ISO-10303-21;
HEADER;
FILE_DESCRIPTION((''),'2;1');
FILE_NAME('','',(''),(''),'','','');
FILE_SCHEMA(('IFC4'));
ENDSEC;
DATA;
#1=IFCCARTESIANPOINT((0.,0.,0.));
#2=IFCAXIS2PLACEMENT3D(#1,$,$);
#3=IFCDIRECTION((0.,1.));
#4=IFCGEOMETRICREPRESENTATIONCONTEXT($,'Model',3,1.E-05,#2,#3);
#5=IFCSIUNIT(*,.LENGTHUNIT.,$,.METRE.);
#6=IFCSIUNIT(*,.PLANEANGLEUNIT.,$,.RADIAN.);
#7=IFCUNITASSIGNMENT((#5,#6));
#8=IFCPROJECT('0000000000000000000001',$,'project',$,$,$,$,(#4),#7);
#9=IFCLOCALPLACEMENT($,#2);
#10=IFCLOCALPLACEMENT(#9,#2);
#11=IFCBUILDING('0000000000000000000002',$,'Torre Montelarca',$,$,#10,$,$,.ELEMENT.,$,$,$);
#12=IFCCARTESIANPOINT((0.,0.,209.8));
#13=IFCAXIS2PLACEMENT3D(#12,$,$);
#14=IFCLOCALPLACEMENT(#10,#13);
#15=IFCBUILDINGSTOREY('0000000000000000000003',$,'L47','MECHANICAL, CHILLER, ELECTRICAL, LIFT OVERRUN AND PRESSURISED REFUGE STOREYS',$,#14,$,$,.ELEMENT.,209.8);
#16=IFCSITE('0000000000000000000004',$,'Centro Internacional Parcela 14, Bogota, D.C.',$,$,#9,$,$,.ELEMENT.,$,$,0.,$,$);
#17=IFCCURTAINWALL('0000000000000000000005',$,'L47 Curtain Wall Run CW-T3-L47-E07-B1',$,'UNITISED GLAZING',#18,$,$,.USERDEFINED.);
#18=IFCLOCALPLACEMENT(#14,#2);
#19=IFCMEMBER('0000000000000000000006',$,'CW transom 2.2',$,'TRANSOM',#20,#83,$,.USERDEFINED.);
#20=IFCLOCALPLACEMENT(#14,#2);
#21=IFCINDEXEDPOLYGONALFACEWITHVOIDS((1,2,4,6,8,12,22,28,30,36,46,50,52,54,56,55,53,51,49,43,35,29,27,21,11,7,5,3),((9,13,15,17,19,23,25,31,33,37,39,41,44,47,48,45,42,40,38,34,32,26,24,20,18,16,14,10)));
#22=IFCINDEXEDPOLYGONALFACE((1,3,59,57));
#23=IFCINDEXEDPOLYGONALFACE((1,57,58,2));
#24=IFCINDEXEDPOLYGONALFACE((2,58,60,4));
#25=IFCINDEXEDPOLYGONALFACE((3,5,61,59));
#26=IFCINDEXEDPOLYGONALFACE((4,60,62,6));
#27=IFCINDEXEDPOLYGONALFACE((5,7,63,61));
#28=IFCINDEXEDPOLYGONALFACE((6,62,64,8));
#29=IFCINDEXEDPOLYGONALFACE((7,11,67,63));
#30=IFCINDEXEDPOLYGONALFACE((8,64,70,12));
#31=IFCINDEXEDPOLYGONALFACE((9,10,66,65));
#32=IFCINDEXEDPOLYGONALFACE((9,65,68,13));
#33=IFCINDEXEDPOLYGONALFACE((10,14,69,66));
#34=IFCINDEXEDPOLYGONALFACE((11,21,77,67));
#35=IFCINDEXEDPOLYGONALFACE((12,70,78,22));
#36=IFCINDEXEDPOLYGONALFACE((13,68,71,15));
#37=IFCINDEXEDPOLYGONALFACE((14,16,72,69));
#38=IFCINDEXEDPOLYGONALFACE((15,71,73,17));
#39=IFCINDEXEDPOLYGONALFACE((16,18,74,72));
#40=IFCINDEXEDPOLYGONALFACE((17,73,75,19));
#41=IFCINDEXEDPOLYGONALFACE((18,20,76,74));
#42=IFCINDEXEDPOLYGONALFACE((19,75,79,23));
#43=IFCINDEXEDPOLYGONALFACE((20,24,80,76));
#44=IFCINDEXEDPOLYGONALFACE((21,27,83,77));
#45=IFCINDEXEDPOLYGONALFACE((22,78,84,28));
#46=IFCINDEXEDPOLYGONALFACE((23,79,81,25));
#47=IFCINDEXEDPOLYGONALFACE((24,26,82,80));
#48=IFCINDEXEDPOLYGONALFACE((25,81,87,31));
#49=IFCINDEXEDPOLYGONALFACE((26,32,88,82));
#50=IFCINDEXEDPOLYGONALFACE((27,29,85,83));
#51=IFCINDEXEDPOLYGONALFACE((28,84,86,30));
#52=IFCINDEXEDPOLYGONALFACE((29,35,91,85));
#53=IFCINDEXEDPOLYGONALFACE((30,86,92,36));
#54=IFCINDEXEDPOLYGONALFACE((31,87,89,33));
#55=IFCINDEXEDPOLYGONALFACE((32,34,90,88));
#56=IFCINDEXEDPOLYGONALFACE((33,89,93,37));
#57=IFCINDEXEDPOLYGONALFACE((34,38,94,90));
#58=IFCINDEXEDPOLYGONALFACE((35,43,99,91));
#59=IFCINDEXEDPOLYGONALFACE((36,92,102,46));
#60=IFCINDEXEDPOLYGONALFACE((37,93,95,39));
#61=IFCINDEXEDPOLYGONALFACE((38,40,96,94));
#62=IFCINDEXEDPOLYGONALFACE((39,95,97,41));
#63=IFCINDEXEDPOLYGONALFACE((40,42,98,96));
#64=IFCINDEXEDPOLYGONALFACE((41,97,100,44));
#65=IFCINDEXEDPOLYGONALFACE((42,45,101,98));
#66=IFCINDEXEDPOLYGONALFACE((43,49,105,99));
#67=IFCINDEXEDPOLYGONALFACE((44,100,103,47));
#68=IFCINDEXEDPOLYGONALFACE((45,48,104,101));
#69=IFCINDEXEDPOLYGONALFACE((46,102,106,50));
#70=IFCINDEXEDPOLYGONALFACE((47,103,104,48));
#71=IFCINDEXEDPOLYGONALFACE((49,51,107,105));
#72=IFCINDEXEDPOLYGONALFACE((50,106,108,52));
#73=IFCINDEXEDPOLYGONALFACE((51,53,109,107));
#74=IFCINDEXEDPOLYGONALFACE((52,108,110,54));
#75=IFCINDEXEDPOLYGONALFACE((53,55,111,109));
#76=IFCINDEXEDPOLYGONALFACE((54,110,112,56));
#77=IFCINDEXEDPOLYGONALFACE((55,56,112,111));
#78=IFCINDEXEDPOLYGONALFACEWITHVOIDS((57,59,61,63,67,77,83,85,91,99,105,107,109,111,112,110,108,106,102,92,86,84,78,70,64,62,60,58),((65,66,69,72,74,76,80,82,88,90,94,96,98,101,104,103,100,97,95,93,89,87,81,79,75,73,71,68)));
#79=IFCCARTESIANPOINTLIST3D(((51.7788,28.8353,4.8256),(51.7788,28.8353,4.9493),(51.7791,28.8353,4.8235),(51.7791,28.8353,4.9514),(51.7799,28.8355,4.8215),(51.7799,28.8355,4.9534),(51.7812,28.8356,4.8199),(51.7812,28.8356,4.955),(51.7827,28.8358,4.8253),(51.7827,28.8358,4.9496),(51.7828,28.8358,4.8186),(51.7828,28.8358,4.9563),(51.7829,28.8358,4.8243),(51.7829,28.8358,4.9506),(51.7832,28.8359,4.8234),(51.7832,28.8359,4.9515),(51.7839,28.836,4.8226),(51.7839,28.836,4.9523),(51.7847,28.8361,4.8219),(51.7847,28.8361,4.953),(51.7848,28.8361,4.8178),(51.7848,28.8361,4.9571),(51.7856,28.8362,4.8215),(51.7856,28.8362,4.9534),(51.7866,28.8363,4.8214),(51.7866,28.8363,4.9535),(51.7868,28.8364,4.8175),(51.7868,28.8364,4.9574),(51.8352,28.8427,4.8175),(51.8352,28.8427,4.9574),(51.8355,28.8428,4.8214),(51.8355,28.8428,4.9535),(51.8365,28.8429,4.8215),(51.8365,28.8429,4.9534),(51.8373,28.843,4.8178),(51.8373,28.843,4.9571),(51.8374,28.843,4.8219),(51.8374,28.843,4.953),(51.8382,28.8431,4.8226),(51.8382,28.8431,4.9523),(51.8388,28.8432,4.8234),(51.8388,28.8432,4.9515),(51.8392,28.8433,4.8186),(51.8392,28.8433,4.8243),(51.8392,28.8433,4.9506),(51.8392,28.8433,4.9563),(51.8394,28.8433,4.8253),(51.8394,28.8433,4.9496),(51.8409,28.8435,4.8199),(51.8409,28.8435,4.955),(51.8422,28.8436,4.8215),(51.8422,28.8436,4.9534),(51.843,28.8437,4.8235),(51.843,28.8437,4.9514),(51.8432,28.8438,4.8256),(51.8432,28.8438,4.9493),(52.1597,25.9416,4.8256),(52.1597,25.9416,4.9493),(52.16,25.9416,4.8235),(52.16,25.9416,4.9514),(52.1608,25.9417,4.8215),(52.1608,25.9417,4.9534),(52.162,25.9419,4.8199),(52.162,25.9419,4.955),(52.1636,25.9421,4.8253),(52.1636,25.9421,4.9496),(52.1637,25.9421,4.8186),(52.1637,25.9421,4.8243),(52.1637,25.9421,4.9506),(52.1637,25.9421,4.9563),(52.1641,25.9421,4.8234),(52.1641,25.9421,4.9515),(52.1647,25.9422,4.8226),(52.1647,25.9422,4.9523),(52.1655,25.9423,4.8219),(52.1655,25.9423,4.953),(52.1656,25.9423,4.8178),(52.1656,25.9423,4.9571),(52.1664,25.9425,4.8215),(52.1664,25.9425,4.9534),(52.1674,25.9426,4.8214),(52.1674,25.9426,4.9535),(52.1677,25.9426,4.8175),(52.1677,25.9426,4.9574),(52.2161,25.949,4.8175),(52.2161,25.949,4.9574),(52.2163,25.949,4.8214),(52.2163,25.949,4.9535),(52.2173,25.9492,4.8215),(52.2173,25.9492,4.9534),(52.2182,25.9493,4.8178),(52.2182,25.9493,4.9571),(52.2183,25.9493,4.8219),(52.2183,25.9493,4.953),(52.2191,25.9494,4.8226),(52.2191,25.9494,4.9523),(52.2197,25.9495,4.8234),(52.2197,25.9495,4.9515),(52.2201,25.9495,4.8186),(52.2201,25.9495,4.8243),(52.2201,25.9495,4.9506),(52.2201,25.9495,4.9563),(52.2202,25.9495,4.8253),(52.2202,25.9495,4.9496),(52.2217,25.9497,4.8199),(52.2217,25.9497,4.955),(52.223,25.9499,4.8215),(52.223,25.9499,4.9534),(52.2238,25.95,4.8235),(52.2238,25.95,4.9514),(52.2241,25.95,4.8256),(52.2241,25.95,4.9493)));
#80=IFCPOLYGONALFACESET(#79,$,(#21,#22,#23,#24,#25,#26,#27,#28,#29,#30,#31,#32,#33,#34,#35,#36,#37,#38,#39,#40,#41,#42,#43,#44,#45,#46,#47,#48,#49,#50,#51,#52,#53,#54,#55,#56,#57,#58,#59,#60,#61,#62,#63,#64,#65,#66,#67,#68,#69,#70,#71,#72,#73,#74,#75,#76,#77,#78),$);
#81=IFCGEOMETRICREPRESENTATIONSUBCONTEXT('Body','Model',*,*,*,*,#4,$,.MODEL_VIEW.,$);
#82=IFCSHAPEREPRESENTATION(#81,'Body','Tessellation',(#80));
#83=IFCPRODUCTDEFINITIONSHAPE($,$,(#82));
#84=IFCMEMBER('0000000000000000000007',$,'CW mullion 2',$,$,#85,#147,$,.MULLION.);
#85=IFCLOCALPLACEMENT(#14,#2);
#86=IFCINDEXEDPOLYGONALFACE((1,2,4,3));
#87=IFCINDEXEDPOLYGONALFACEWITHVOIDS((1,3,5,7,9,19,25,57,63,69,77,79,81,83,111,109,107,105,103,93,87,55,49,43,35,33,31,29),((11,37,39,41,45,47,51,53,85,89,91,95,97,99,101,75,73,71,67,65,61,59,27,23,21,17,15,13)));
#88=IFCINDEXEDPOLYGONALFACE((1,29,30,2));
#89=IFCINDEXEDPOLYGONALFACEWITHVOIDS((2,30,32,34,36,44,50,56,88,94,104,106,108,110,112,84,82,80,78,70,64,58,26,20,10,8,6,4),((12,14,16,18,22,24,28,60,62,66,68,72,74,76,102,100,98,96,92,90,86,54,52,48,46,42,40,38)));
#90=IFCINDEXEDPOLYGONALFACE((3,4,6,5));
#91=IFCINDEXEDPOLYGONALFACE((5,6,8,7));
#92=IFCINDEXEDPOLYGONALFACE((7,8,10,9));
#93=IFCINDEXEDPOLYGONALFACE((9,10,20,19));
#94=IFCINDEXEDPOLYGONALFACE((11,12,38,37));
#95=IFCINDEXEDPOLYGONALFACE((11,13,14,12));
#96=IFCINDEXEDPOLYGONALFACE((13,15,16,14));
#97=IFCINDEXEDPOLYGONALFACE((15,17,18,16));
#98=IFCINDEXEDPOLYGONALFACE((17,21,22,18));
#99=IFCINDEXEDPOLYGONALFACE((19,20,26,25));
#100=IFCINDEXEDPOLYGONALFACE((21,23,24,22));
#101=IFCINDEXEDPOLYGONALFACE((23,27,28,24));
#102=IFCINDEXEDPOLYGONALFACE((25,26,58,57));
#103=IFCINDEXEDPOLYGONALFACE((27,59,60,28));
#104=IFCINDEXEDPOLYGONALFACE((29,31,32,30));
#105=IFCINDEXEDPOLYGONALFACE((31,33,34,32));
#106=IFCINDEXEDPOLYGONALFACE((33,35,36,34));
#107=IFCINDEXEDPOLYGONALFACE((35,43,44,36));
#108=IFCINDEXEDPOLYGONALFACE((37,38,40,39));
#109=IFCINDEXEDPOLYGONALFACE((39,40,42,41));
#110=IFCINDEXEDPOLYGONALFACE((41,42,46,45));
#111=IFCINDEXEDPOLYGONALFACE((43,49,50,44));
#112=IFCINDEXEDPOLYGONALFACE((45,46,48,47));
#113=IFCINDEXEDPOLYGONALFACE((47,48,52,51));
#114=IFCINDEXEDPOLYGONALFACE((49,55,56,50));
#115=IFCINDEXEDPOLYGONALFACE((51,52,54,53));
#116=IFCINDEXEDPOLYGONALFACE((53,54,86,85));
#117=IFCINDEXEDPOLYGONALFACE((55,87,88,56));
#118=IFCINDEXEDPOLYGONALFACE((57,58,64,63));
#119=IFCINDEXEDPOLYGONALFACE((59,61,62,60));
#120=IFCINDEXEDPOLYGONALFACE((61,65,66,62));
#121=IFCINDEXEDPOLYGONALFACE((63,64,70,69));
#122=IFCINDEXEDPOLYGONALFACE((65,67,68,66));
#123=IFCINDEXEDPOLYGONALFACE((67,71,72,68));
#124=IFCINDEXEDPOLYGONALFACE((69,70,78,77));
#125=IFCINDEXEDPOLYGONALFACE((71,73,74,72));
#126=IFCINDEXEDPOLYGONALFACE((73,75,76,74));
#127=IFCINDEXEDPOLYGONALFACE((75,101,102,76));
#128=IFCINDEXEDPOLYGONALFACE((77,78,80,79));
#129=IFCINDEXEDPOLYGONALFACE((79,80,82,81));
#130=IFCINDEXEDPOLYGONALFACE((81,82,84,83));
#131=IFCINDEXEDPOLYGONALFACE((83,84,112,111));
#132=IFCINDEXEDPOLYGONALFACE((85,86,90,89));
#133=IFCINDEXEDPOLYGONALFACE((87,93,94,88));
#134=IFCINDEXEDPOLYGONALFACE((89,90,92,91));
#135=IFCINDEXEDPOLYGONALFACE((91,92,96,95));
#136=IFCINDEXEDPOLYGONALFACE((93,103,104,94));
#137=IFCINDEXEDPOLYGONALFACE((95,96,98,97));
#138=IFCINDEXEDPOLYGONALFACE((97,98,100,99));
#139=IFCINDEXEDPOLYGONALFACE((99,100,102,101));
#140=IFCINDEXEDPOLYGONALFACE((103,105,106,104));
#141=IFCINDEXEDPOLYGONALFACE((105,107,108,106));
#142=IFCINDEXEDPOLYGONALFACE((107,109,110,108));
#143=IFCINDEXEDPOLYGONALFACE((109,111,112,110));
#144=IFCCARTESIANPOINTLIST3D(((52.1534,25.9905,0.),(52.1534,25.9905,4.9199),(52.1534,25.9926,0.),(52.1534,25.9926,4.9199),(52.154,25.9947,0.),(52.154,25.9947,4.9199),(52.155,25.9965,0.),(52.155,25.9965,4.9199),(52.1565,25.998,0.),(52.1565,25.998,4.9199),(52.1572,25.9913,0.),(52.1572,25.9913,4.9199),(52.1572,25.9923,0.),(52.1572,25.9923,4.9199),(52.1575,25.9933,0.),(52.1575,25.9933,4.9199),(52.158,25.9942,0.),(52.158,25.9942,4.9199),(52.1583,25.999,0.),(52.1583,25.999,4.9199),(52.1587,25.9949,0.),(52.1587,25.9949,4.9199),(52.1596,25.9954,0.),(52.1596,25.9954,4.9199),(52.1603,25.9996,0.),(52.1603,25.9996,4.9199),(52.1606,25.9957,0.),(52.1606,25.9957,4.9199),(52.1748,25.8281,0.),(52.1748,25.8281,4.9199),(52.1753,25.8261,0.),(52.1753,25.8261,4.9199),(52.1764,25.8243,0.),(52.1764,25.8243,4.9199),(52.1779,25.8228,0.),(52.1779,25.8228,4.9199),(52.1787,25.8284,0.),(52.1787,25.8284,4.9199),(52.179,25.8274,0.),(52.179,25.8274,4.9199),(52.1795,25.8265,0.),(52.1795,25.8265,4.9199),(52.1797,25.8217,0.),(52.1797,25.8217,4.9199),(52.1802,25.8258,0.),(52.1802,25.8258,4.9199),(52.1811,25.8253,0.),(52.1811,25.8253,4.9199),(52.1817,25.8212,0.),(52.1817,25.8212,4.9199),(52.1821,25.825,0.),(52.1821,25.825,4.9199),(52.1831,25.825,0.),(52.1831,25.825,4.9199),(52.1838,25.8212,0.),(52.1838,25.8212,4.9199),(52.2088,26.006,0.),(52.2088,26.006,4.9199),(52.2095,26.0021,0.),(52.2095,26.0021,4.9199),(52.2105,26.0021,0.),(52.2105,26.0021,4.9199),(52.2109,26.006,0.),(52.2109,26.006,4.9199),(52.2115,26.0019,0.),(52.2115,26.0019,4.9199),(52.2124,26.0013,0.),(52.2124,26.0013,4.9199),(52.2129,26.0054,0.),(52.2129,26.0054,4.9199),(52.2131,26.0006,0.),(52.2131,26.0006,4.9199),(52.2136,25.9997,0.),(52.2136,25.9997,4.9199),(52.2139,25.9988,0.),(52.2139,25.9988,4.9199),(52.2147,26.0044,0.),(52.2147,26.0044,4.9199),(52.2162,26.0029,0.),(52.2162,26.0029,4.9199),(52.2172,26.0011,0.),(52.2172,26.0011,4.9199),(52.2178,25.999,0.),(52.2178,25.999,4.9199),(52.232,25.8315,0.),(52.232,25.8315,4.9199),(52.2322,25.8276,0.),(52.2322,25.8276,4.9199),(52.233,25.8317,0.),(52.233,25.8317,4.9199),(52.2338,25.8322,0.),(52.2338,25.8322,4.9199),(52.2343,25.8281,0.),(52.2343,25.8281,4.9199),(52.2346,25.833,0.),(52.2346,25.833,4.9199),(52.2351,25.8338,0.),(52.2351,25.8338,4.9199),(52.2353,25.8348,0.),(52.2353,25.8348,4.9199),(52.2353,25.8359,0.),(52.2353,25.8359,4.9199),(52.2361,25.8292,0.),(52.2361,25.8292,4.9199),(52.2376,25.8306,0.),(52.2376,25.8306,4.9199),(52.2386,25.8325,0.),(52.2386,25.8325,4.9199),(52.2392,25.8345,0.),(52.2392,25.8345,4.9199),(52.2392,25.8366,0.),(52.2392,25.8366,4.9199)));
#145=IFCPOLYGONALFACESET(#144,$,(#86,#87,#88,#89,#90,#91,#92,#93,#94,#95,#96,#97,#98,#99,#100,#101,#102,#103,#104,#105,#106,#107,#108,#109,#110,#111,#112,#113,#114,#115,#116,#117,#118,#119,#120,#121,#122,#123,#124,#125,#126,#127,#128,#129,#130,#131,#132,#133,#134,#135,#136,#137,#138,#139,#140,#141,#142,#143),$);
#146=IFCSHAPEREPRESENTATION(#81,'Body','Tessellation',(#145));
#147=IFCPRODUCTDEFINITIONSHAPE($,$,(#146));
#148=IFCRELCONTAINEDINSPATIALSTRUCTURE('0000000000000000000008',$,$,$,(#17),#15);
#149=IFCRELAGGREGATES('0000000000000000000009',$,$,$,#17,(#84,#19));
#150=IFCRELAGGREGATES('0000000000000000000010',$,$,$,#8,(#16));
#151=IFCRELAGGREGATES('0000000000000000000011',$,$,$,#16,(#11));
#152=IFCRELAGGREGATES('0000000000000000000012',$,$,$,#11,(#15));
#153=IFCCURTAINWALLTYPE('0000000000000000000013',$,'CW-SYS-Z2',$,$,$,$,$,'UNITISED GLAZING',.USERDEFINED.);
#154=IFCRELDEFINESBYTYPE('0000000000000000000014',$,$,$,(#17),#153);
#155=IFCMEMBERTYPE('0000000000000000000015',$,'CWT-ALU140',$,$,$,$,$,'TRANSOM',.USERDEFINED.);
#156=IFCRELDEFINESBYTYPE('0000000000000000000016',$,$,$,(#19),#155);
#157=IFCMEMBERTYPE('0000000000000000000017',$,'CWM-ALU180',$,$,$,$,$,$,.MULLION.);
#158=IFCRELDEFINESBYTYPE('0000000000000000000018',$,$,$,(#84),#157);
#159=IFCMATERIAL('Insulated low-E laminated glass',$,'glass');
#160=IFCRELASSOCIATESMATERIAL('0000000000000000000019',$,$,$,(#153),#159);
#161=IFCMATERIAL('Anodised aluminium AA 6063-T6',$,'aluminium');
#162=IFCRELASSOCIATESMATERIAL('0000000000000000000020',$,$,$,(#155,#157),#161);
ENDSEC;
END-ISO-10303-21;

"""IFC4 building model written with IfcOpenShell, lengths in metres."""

from ifc_helpers import new_model, si_unit, direction, frame, origin, origin_2d, place, context, subcontext, project, spatial, hollow_rectangle, extrude, source, transform, mapped, material, material_profile, profile_set, type_object, element, aggregate, save


model = new_model("IFC4")

# Units and contexts
model_context = context("Model", 3, precision=1e-05, world=origin(), true_north=direction((0.0, 1.0)))
body_context = subcontext(model_context, "Body", "Model", "MODEL_VIEW")
ifc_project = project(units=[si_unit("LENGTHUNIT", "METRE"), si_unit("PLANEANGLEUNIT", "RADIAN")], contexts=[model_context])

# Site, building, storey
site_placement = place(None, origin())
site = spatial("IfcSite", under=ifc_project, at=site_placement, Name="Centro Internacional Parcela 14, Bogota, D.C.", CompositionType="ELEMENT", RefElevation=0.0)
building_placement = place(site_placement, origin())
building = spatial("IfcBuilding", under=site, at=building_placement, Name="Torre Montelarca", CompositionType="ELEMENT")
storey_placement = place(building_placement, frame((0.0, 0.0, 209.8)))
storey = spatial("IfcBuildingStorey", under=building, at=storey_placement, Name="L47", Description="MECHANICAL, CHILLER, ELECTRICAL, LIFT OVERRUN AND PRESSURISED REFUGE STOREYS", CompositionType="ELEMENT", Elevation=209.8)

# Curtain wall, members
ifc_material_1 = material(Name="Insulated low-E laminated glass", Category="glass")
curtain_wall_type = type_object("IfcCurtainWallType", Name="CW-SYS-Z2", ElementType="UNITISED GLAZING", PredefinedType="USERDEFINED", material=ifc_material_1)
curtain_wall_1_placement = place(storey_placement, origin())
curtain_wall_1 = element("IfcCurtainWall", 1, at=curtain_wall_1_placement, inside=storey, type_object=curtain_wall_type, Name="L47 Curtain Wall Run CW-T3-L47-E07-B1", ObjectType="UNITISED GLAZING", PredefinedType="USERDEFINED")
ifc_material_2 = material(Name="Anodised aluminium AA 6063-T6", Category="aluminium")
ifc_material_profile_1 = material_profile(ifc_material_2, hollow_rectangle(XDim=0.0649, YDim=0.1399, WallThickness=0.0039, InnerFilletRadius=0.0039, OuterFilletRadius=0.0081, at=origin_2d()), Name="ALU65X140X4", Category="aluminium")
ifc_profile_set_1 = profile_set([ifc_material_profile_1], Name="Anodised aluminium AA 6063-T6")
member_type_1 = type_object("IfcMemberType", Name="CWT-ALU140", ElementType="TRANSOM", PredefinedType="USERDEFINED", material=ifc_profile_set_1)
shared_shape_1 = source(origin(), body_context, "Body", "SweptSolid", [
    extrude(hollow_rectangle(XDim=0.0649, YDim=0.1399, WallThickness=0.0039, InnerFilletRadius=0.0039, OuterFilletRadius=0.0081, at=origin_2d()), origin(), (0.0, 0.0, 1.0), 2.9187),
])
member_1_placement = place(storey_placement, frame((52.1919, 25.9458, 4.8875), z_axis=(-0.130487, 0.99145, 0.0), x_axis=(-0.99145, -0.130487, 0.0)))
member_1 = element("IfcMember", 2, at=member_1_placement, type_object=member_type_1, Name="CW transom 2.2", ObjectType="TRANSOM", PredefinedType="USERDEFINED", context=body_context, shape_type="MappedRepresentation", body=[
    mapped(shared_shape_1, transform((0.0, 0.0, 0.0), scale=1.0)),
])
ifc_material_profile_2 = material_profile(ifc_material_2, hollow_rectangle(XDim=0.0649, YDim=0.1799, WallThickness=0.0039, InnerFilletRadius=0.0039, OuterFilletRadius=0.0081, at=origin_2d()), Name="ALU65X180X4", Category="aluminium")
ifc_profile_set_2 = profile_set([ifc_material_profile_2], Name="Anodised aluminium AA 6063-T6")
member_type_2 = type_object("IfcMemberType", Name="CWM-ALU180", PredefinedType="MULLION", material=ifc_profile_set_2)
shared_shape_2 = source(origin(), body_context, "Body", "SweptSolid", [
    extrude(hollow_rectangle(XDim=0.0649, YDim=0.1799, WallThickness=0.0039, InnerFilletRadius=0.0039, OuterFilletRadius=0.0081, at=origin_2d()), origin(), (0.0, 0.0, 1.0), 4.9199),
])
member_2_placement = place(storey_placement, frame((52.1963, 25.9136, 0.0), z_axis=(0.0, 0.0, 1.0), x_axis=(-0.991446, -0.130514, 0.0)))
member_2 = element("IfcMember", 3, at=member_2_placement, type_object=member_type_2, Name="CW mullion 2", PredefinedType="MULLION", context=body_context, shape_type="MappedRepresentation", body=[
    mapped(shared_shape_2, transform((0.0, 0.0, 0.0), scale=1.0)),
])

aggregate(curtain_wall_1, [member_2, member_1])

save(model, "model.ifc")
